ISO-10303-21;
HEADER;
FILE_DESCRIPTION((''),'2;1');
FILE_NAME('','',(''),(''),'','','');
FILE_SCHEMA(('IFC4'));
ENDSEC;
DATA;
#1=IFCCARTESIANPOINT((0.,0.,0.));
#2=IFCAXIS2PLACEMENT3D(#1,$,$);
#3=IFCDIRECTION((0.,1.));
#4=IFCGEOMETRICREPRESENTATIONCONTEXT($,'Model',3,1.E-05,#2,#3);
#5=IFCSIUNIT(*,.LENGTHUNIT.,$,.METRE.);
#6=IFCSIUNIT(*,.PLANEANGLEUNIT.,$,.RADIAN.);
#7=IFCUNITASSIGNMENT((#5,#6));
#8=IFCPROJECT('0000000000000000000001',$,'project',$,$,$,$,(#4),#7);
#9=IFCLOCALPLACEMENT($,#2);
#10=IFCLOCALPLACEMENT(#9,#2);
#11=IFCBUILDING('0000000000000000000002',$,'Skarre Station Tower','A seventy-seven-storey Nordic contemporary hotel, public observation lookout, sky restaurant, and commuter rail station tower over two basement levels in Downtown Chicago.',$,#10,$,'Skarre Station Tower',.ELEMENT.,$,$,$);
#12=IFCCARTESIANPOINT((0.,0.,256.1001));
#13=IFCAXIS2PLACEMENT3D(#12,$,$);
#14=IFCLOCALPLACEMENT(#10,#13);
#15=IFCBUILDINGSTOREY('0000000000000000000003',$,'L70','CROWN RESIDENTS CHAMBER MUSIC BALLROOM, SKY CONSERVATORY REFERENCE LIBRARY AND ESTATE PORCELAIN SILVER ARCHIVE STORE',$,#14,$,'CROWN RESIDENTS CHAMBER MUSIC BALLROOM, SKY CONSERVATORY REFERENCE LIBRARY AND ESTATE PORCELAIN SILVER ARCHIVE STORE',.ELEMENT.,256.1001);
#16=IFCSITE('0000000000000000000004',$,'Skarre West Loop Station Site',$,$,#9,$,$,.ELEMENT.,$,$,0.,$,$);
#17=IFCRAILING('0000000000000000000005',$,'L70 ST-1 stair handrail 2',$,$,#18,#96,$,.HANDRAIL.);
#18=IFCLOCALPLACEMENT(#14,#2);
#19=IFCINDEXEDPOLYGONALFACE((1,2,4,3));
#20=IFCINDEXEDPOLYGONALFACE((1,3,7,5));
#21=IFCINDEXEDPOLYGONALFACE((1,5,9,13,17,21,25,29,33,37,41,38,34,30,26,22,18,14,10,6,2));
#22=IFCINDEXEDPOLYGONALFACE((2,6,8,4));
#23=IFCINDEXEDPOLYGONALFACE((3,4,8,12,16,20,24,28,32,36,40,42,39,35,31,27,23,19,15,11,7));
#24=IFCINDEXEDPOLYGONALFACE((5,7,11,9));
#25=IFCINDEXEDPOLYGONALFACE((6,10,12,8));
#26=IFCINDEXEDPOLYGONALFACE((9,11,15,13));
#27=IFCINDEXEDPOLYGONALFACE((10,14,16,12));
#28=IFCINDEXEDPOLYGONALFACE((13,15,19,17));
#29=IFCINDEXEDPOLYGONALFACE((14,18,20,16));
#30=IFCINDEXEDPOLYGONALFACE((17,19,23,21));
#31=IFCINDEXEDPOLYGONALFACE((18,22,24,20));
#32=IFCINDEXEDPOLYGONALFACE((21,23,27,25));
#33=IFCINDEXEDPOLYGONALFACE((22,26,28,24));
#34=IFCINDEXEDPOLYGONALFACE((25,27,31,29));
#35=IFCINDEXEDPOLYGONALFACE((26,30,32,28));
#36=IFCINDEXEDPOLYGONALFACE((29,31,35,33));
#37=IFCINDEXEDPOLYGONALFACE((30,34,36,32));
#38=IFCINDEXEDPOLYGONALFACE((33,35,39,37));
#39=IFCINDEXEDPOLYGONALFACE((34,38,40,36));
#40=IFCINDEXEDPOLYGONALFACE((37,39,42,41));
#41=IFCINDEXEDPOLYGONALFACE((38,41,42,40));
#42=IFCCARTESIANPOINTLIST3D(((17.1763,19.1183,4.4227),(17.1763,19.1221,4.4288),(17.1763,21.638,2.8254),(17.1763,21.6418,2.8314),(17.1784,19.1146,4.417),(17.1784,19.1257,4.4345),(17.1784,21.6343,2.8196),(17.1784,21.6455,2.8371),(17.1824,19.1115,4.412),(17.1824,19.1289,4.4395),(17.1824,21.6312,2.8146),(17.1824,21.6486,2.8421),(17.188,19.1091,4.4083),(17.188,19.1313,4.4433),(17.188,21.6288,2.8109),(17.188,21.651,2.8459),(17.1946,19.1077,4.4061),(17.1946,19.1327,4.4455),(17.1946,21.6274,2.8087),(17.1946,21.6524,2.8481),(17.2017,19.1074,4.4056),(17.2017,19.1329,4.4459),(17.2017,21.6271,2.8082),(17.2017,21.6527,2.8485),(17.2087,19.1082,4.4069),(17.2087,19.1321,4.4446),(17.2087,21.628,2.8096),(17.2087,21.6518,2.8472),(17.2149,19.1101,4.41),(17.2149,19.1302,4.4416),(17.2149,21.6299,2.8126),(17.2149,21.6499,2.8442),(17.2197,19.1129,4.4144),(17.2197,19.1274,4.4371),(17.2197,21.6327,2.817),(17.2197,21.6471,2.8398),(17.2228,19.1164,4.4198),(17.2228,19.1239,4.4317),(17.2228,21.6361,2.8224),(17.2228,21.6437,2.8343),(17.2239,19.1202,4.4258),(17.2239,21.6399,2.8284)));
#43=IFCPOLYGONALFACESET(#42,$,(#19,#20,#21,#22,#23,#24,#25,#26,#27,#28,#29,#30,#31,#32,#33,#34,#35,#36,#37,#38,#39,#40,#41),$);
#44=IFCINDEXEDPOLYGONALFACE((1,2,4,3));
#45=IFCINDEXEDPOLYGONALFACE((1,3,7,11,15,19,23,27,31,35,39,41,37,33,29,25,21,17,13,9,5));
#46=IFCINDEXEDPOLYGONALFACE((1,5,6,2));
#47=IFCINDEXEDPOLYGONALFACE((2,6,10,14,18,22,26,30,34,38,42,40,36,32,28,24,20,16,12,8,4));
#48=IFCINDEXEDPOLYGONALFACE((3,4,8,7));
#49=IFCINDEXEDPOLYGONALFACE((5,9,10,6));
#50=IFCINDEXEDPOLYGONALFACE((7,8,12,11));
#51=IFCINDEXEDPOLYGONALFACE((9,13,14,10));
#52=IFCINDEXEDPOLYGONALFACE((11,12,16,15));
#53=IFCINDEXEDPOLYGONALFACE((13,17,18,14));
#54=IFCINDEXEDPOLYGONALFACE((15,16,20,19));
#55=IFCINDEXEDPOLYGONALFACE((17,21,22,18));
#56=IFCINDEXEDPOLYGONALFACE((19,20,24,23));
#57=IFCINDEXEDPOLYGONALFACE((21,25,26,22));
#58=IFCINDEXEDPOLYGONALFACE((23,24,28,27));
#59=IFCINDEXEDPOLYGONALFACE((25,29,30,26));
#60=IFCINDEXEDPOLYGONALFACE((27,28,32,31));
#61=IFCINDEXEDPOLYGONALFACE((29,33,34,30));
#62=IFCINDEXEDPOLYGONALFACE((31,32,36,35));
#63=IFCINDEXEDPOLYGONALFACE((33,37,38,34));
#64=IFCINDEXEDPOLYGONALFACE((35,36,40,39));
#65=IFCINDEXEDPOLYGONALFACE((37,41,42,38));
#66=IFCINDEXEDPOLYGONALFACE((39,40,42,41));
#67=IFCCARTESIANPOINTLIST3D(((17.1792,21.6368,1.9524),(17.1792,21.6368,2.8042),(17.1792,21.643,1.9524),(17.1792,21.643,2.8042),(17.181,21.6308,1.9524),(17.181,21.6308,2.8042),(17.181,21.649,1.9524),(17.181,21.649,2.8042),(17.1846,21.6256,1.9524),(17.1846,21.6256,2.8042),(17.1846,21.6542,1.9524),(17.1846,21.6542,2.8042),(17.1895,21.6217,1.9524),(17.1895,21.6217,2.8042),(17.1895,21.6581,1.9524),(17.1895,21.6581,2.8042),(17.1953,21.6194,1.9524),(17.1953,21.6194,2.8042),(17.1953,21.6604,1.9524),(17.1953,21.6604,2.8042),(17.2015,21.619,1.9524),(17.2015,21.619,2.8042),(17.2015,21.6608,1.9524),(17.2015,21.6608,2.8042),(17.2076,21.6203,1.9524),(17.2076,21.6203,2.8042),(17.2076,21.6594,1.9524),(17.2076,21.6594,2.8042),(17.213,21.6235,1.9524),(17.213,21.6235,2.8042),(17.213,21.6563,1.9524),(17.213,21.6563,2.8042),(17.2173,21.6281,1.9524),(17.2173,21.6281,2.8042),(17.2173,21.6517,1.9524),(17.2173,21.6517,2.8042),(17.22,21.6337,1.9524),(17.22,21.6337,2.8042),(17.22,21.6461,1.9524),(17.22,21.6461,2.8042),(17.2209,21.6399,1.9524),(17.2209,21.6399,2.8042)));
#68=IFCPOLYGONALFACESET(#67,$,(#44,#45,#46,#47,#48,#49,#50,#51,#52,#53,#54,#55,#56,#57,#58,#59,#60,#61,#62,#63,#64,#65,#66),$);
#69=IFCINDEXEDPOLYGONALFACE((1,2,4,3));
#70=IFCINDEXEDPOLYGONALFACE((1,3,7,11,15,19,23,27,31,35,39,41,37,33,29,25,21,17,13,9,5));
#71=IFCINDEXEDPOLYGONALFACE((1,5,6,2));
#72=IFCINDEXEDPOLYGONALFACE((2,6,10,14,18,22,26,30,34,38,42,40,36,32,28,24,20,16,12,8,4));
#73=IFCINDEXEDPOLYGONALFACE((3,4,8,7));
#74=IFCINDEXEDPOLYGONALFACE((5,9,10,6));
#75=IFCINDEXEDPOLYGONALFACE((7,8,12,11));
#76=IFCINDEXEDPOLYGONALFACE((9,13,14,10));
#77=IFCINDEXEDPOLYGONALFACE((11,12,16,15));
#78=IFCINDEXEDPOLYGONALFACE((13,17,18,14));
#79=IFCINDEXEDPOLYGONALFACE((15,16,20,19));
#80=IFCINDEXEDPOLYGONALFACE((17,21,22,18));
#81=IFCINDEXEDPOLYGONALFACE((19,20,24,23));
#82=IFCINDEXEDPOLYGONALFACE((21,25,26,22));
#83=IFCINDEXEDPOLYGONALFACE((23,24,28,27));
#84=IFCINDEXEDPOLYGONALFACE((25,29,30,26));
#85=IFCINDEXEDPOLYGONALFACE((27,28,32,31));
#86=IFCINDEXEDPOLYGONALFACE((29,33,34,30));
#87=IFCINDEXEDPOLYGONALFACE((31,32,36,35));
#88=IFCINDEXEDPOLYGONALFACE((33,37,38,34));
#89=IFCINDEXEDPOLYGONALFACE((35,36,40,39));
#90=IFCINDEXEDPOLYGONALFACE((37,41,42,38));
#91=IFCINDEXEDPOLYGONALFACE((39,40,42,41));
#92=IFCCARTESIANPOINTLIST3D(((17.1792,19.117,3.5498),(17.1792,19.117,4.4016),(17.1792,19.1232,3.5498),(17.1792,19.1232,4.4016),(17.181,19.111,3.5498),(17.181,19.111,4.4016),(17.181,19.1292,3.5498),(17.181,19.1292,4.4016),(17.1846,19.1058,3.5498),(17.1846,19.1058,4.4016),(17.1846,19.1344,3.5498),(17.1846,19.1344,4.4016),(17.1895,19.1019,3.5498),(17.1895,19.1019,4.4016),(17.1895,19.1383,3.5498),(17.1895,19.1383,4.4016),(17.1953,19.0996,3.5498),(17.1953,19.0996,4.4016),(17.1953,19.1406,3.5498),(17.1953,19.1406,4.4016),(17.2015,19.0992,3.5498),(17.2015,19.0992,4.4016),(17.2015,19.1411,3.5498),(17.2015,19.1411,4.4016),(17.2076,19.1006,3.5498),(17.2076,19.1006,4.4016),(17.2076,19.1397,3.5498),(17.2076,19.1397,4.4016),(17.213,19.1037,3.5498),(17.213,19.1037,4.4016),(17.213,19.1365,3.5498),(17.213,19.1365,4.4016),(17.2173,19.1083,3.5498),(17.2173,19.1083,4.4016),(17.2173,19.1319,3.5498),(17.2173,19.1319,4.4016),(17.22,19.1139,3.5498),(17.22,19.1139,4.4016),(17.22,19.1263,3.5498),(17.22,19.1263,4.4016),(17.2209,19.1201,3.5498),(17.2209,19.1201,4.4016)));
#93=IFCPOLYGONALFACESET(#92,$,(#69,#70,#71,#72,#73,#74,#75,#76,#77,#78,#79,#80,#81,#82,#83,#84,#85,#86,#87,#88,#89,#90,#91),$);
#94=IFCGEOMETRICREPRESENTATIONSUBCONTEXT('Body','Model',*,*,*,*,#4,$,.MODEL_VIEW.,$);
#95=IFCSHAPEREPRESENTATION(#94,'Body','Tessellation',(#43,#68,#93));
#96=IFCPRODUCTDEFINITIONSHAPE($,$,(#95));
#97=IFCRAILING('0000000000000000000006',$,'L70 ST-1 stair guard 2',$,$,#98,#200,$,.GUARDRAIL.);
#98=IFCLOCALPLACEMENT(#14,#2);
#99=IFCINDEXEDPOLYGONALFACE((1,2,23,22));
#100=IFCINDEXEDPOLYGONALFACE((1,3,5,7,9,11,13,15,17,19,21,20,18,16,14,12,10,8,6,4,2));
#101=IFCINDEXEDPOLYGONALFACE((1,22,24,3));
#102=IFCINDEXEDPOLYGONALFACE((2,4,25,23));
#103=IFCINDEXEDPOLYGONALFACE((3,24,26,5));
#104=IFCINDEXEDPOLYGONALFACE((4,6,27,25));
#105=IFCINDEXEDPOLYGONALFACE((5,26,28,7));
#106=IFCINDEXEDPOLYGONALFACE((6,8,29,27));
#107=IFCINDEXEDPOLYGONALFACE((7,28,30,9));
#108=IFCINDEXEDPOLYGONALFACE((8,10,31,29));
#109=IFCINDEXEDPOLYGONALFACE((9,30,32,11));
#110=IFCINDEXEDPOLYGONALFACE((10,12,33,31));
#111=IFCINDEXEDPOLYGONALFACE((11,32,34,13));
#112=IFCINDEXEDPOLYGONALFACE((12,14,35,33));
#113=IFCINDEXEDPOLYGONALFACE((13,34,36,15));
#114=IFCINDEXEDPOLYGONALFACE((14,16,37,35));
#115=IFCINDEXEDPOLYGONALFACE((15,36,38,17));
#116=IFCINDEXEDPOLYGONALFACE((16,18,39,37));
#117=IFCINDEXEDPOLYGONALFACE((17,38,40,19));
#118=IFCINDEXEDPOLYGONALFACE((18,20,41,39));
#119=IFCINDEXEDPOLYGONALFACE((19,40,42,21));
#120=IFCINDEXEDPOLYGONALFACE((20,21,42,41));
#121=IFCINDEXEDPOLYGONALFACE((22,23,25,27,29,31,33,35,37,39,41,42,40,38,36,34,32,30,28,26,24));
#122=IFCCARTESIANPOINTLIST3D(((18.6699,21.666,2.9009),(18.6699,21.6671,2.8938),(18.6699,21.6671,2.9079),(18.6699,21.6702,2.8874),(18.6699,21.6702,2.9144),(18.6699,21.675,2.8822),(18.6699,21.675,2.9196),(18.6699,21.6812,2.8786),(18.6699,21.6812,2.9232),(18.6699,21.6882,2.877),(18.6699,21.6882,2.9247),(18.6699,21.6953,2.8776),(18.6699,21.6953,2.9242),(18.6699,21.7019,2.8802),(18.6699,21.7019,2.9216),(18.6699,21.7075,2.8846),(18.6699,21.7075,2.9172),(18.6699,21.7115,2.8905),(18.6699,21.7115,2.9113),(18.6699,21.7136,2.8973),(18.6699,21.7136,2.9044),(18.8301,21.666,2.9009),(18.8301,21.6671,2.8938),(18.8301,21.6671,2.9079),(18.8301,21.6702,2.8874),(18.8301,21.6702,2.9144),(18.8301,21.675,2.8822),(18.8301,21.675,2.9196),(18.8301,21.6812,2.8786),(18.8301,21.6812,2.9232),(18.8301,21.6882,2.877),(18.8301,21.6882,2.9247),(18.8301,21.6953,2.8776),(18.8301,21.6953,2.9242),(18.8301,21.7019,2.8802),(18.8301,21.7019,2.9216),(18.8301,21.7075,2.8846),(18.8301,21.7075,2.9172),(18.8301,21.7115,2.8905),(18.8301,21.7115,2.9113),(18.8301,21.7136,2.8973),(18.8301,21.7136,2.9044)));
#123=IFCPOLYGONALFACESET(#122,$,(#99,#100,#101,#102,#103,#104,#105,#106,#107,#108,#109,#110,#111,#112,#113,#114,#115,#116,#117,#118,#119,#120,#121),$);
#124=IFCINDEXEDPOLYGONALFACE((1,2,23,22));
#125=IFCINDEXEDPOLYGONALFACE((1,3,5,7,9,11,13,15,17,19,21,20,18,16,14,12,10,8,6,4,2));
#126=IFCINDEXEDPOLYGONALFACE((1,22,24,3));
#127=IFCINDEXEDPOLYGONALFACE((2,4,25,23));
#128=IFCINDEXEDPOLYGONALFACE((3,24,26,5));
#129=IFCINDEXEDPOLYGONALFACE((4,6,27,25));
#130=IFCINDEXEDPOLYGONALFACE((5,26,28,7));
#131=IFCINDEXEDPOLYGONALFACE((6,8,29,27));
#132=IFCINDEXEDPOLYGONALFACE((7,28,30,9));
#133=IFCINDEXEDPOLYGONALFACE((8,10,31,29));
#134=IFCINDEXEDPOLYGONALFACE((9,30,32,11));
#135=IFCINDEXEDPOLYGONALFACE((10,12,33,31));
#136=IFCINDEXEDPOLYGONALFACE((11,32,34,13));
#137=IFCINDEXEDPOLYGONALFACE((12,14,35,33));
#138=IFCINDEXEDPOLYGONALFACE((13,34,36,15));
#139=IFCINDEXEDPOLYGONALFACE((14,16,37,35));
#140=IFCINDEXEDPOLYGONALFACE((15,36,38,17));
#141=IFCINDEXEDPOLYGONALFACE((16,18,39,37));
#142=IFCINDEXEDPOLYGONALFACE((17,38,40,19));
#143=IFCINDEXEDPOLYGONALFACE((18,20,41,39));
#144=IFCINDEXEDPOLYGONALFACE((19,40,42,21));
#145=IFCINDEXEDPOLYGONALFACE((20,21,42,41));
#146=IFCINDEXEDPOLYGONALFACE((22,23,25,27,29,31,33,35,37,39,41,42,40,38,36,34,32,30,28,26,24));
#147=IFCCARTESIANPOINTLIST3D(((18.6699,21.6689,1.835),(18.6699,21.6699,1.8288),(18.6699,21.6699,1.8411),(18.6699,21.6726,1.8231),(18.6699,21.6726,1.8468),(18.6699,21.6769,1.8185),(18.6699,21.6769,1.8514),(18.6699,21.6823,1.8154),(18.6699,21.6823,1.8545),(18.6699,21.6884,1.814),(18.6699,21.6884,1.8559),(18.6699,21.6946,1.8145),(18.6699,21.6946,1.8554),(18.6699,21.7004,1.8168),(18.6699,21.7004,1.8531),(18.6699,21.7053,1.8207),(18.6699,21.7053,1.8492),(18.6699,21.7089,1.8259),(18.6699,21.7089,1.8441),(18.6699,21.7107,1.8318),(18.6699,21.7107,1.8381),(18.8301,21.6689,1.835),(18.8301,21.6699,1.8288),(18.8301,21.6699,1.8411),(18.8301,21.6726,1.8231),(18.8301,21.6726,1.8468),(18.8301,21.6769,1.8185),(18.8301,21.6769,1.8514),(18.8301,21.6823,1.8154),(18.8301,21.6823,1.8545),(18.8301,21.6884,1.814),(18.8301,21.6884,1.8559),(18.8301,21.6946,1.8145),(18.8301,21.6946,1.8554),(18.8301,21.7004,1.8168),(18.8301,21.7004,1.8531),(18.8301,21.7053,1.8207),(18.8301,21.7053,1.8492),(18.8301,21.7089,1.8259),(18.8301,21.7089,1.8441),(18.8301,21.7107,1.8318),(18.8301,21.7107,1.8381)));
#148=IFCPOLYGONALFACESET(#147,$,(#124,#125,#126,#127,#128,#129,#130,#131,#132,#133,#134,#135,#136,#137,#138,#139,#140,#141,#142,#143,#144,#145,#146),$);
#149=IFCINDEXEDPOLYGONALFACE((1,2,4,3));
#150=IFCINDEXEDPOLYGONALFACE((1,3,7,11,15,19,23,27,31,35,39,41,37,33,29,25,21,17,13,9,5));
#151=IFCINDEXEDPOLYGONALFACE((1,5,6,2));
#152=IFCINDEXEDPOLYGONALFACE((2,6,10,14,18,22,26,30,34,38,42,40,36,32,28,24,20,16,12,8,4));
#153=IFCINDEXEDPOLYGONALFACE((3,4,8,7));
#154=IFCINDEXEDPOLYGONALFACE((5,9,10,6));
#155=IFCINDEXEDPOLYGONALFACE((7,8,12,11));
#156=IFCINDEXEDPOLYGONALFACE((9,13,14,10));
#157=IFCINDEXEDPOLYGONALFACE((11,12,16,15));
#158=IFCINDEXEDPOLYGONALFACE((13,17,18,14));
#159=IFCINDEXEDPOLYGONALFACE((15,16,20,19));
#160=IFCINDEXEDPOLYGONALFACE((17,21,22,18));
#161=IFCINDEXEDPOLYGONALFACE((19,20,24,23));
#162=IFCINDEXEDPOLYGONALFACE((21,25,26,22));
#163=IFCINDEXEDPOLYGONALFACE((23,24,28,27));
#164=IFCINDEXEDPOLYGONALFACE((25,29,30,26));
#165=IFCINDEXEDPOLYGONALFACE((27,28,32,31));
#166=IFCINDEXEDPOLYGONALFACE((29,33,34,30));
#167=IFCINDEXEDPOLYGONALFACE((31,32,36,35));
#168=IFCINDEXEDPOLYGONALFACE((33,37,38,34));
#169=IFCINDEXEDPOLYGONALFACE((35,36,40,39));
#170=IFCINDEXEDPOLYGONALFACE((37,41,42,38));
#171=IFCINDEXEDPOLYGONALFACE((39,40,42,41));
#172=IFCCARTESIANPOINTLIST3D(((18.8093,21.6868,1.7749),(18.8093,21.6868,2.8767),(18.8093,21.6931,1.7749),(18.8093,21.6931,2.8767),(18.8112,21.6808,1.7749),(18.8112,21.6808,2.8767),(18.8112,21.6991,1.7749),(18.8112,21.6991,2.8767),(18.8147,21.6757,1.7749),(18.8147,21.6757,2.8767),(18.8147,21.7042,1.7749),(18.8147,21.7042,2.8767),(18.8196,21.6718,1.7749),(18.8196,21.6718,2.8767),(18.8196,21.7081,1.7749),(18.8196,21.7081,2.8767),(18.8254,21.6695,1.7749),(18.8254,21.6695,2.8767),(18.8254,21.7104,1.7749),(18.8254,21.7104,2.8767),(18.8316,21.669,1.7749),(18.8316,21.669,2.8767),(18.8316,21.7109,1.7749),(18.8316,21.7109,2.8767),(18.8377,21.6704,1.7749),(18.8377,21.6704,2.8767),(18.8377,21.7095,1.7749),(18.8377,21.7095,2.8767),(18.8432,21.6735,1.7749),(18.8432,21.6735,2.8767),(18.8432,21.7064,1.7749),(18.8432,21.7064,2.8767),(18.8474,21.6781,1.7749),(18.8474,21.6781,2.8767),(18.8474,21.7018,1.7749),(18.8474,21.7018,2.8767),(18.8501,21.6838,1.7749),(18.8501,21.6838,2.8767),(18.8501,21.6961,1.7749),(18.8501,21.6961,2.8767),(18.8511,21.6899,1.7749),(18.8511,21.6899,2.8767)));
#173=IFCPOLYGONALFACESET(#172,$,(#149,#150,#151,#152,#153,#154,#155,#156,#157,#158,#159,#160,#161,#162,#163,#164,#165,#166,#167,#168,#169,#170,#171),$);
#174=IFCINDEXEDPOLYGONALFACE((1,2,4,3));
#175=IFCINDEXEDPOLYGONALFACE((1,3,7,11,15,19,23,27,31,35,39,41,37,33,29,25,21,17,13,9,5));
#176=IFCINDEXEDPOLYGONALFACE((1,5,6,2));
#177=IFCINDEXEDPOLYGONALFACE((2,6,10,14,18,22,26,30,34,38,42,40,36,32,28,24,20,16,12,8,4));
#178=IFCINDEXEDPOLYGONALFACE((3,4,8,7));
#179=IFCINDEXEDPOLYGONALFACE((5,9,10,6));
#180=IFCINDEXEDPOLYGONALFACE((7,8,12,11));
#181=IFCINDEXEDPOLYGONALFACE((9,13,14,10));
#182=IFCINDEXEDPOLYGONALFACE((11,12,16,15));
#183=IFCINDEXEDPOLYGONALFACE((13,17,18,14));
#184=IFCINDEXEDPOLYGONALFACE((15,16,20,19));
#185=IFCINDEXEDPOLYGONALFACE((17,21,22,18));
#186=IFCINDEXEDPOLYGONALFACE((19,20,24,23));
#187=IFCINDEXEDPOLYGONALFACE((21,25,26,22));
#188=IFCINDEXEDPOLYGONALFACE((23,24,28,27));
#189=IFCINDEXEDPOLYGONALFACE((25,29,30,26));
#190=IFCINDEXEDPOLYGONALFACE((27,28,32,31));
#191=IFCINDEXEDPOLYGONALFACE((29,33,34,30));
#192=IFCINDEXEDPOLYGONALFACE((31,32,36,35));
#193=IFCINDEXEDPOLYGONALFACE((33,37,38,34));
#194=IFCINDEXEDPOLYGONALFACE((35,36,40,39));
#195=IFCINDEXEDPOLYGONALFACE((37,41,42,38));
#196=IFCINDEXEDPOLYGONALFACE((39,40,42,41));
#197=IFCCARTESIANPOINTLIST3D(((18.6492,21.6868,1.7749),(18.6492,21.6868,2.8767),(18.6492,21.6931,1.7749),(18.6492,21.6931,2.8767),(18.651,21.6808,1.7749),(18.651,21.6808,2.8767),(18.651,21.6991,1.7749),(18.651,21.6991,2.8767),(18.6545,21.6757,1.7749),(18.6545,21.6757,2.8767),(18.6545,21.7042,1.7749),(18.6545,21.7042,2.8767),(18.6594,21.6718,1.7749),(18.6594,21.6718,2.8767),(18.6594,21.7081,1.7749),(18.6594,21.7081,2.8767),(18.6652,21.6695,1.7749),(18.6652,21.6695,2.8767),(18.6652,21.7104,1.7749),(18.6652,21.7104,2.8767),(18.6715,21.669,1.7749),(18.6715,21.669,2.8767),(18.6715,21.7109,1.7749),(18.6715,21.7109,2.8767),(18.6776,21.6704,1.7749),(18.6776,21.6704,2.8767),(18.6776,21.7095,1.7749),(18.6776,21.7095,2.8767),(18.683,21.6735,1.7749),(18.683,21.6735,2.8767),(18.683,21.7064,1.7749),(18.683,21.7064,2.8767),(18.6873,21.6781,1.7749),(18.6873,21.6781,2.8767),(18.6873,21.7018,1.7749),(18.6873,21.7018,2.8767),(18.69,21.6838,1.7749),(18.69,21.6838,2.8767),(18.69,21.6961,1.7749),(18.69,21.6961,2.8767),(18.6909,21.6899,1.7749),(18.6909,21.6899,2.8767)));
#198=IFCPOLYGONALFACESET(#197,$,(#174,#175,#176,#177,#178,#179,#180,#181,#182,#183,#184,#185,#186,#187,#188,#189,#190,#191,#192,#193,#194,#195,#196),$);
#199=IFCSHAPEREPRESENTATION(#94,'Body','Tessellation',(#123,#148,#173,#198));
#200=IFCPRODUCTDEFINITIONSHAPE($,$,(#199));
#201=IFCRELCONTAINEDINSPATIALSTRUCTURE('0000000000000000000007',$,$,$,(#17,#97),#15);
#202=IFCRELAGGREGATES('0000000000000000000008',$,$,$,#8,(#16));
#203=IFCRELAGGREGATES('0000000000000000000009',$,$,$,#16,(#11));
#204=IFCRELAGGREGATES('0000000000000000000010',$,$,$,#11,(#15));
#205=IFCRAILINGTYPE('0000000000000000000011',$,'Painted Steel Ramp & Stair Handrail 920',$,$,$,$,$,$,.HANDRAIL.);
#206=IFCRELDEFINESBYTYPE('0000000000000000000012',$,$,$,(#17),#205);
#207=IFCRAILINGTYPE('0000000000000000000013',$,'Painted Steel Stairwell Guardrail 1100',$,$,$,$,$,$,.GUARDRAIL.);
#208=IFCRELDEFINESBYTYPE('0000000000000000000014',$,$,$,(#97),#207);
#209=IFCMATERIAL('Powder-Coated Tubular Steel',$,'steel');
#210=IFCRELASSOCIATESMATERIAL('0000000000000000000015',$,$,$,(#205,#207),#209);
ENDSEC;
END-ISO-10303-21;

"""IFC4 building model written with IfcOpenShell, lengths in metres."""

from ifc_helpers import new_model, si_unit, direction, frame, origin, origin_2d, place, context, subcontext, project, spatial, circle, extrude, material, type_object, element, save


model = new_model("IFC4")

# Units and contexts
model_context = context("Model", 3, precision=1e-05, world=origin(), true_north=direction((0.0, 1.0)))
body_context = subcontext(model_context, "Body", "Model", "MODEL_VIEW")
ifc_project = project(units=[si_unit("LENGTHUNIT", "METRE"), si_unit("PLANEANGLEUNIT", "RADIAN")], contexts=[model_context])

# Site, building, storey
site_placement = place(None, origin())
site = spatial("IfcSite", under=ifc_project, at=site_placement, Name="Skarre West Loop Station Site", CompositionType="ELEMENT", RefElevation=0.0)
building_placement = place(site_placement, origin())
building = spatial("IfcBuilding", under=site, at=building_placement, Name="Skarre Station Tower", Description="A seventy-seven-storey Nordic contemporary hotel, public observation lookout, sky restaurant, and commuter rail station tower over two basement levels in Downtown Chicago.", LongName="Skarre Station Tower", CompositionType="ELEMENT")
storey_placement = place(building_placement, frame((0.0, 0.0, 256.1001)))
storey = spatial("IfcBuildingStorey", under=building, at=storey_placement, Name="L70", Description="CROWN RESIDENTS CHAMBER MUSIC BALLROOM, SKY CONSERVATORY REFERENCE LIBRARY AND ESTATE PORCELAIN SILVER ARCHIVE STORE", LongName="CROWN RESIDENTS CHAMBER MUSIC BALLROOM, SKY CONSERVATORY REFERENCE LIBRARY AND ESTATE PORCELAIN SILVER ARCHIVE STORE", CompositionType="ELEMENT", Elevation=256.1001)

# Railings
ifc_material_1 = material(Name="Powder-Coated Tubular Steel", Category="steel")
railing_type_1 = type_object("IfcRailingType", Name="Painted Steel Ramp & Stair Handrail 920", PredefinedType="HANDRAIL", material=ifc_material_1)
railing_1_placement = place(storey_placement, frame((17.2, 21.6399, 1.9524)))
element("IfcRailing", 1, at=railing_1_placement, inside=storey, type_object=railing_type_1, Name="L70 ST-1 stair handrail 2", PredefinedType="HANDRAIL", context=body_context, shape_type="SweptSolid", body=[
    extrude(circle(Radius=0.0239, at=origin_2d()), frame((0.0, 0.0, 0.876), z_axis=(0.0, -0.844583, 0.535424), x_axis=(1.0, 0.0, 0.0)), (0.0, 0.0, 1.0), 2.9834),
    extrude(circle(Radius=0.021, at=origin_2d()), origin(), (0.0, 0.0, 1.0), 0.8518),
    extrude(circle(Radius=0.021, at=origin_2d()), frame((0.0, -2.5198, 1.5974)), (0.0, 0.0, 1.0), 0.8518),
])
railing_type_2 = type_object("IfcRailingType", Name="Painted Steel Stairwell Guardrail 1100", PredefinedType="GUARDRAIL", material=ifc_material_1)
railing_2_placement = place(storey_placement, frame((18.8301, 21.6899, 1.7749)))
element("IfcRailing", 2, at=railing_2_placement, inside=storey, type_object=railing_type_2, Name="L70 ST-1 stair guard 2", PredefinedType="GUARDRAIL", context=body_context, shape_type="SweptSolid", body=[
    extrude(circle(Radius=0.0239, at=origin_2d()), frame((0.0, 0.0, 1.126), z_axis=(-1.0, 0.0, 0.0), x_axis=(0.0, -1.0, 0.0)), (0.0, 0.0, 1.0), 0.1602),
    extrude(circle(Radius=0.021, at=origin_2d()), frame((0.0, 0.0, 0.0601), z_axis=(-1.0, 0.0, 0.0), x_axis=(0.0, -1.0, 0.0)), (0.0, 0.0, 1.0), 0.1602),
    extrude(circle(Radius=0.021, at=origin_2d()), origin(), (0.0, 0.0, 1.0), 1.1018),
    extrude(circle(Radius=0.021, at=origin_2d()), frame((-0.1602, 0.0, 0.0)), (0.0, 0.0, 1.0), 1.1018),
])

save(model, "model.ifc")
